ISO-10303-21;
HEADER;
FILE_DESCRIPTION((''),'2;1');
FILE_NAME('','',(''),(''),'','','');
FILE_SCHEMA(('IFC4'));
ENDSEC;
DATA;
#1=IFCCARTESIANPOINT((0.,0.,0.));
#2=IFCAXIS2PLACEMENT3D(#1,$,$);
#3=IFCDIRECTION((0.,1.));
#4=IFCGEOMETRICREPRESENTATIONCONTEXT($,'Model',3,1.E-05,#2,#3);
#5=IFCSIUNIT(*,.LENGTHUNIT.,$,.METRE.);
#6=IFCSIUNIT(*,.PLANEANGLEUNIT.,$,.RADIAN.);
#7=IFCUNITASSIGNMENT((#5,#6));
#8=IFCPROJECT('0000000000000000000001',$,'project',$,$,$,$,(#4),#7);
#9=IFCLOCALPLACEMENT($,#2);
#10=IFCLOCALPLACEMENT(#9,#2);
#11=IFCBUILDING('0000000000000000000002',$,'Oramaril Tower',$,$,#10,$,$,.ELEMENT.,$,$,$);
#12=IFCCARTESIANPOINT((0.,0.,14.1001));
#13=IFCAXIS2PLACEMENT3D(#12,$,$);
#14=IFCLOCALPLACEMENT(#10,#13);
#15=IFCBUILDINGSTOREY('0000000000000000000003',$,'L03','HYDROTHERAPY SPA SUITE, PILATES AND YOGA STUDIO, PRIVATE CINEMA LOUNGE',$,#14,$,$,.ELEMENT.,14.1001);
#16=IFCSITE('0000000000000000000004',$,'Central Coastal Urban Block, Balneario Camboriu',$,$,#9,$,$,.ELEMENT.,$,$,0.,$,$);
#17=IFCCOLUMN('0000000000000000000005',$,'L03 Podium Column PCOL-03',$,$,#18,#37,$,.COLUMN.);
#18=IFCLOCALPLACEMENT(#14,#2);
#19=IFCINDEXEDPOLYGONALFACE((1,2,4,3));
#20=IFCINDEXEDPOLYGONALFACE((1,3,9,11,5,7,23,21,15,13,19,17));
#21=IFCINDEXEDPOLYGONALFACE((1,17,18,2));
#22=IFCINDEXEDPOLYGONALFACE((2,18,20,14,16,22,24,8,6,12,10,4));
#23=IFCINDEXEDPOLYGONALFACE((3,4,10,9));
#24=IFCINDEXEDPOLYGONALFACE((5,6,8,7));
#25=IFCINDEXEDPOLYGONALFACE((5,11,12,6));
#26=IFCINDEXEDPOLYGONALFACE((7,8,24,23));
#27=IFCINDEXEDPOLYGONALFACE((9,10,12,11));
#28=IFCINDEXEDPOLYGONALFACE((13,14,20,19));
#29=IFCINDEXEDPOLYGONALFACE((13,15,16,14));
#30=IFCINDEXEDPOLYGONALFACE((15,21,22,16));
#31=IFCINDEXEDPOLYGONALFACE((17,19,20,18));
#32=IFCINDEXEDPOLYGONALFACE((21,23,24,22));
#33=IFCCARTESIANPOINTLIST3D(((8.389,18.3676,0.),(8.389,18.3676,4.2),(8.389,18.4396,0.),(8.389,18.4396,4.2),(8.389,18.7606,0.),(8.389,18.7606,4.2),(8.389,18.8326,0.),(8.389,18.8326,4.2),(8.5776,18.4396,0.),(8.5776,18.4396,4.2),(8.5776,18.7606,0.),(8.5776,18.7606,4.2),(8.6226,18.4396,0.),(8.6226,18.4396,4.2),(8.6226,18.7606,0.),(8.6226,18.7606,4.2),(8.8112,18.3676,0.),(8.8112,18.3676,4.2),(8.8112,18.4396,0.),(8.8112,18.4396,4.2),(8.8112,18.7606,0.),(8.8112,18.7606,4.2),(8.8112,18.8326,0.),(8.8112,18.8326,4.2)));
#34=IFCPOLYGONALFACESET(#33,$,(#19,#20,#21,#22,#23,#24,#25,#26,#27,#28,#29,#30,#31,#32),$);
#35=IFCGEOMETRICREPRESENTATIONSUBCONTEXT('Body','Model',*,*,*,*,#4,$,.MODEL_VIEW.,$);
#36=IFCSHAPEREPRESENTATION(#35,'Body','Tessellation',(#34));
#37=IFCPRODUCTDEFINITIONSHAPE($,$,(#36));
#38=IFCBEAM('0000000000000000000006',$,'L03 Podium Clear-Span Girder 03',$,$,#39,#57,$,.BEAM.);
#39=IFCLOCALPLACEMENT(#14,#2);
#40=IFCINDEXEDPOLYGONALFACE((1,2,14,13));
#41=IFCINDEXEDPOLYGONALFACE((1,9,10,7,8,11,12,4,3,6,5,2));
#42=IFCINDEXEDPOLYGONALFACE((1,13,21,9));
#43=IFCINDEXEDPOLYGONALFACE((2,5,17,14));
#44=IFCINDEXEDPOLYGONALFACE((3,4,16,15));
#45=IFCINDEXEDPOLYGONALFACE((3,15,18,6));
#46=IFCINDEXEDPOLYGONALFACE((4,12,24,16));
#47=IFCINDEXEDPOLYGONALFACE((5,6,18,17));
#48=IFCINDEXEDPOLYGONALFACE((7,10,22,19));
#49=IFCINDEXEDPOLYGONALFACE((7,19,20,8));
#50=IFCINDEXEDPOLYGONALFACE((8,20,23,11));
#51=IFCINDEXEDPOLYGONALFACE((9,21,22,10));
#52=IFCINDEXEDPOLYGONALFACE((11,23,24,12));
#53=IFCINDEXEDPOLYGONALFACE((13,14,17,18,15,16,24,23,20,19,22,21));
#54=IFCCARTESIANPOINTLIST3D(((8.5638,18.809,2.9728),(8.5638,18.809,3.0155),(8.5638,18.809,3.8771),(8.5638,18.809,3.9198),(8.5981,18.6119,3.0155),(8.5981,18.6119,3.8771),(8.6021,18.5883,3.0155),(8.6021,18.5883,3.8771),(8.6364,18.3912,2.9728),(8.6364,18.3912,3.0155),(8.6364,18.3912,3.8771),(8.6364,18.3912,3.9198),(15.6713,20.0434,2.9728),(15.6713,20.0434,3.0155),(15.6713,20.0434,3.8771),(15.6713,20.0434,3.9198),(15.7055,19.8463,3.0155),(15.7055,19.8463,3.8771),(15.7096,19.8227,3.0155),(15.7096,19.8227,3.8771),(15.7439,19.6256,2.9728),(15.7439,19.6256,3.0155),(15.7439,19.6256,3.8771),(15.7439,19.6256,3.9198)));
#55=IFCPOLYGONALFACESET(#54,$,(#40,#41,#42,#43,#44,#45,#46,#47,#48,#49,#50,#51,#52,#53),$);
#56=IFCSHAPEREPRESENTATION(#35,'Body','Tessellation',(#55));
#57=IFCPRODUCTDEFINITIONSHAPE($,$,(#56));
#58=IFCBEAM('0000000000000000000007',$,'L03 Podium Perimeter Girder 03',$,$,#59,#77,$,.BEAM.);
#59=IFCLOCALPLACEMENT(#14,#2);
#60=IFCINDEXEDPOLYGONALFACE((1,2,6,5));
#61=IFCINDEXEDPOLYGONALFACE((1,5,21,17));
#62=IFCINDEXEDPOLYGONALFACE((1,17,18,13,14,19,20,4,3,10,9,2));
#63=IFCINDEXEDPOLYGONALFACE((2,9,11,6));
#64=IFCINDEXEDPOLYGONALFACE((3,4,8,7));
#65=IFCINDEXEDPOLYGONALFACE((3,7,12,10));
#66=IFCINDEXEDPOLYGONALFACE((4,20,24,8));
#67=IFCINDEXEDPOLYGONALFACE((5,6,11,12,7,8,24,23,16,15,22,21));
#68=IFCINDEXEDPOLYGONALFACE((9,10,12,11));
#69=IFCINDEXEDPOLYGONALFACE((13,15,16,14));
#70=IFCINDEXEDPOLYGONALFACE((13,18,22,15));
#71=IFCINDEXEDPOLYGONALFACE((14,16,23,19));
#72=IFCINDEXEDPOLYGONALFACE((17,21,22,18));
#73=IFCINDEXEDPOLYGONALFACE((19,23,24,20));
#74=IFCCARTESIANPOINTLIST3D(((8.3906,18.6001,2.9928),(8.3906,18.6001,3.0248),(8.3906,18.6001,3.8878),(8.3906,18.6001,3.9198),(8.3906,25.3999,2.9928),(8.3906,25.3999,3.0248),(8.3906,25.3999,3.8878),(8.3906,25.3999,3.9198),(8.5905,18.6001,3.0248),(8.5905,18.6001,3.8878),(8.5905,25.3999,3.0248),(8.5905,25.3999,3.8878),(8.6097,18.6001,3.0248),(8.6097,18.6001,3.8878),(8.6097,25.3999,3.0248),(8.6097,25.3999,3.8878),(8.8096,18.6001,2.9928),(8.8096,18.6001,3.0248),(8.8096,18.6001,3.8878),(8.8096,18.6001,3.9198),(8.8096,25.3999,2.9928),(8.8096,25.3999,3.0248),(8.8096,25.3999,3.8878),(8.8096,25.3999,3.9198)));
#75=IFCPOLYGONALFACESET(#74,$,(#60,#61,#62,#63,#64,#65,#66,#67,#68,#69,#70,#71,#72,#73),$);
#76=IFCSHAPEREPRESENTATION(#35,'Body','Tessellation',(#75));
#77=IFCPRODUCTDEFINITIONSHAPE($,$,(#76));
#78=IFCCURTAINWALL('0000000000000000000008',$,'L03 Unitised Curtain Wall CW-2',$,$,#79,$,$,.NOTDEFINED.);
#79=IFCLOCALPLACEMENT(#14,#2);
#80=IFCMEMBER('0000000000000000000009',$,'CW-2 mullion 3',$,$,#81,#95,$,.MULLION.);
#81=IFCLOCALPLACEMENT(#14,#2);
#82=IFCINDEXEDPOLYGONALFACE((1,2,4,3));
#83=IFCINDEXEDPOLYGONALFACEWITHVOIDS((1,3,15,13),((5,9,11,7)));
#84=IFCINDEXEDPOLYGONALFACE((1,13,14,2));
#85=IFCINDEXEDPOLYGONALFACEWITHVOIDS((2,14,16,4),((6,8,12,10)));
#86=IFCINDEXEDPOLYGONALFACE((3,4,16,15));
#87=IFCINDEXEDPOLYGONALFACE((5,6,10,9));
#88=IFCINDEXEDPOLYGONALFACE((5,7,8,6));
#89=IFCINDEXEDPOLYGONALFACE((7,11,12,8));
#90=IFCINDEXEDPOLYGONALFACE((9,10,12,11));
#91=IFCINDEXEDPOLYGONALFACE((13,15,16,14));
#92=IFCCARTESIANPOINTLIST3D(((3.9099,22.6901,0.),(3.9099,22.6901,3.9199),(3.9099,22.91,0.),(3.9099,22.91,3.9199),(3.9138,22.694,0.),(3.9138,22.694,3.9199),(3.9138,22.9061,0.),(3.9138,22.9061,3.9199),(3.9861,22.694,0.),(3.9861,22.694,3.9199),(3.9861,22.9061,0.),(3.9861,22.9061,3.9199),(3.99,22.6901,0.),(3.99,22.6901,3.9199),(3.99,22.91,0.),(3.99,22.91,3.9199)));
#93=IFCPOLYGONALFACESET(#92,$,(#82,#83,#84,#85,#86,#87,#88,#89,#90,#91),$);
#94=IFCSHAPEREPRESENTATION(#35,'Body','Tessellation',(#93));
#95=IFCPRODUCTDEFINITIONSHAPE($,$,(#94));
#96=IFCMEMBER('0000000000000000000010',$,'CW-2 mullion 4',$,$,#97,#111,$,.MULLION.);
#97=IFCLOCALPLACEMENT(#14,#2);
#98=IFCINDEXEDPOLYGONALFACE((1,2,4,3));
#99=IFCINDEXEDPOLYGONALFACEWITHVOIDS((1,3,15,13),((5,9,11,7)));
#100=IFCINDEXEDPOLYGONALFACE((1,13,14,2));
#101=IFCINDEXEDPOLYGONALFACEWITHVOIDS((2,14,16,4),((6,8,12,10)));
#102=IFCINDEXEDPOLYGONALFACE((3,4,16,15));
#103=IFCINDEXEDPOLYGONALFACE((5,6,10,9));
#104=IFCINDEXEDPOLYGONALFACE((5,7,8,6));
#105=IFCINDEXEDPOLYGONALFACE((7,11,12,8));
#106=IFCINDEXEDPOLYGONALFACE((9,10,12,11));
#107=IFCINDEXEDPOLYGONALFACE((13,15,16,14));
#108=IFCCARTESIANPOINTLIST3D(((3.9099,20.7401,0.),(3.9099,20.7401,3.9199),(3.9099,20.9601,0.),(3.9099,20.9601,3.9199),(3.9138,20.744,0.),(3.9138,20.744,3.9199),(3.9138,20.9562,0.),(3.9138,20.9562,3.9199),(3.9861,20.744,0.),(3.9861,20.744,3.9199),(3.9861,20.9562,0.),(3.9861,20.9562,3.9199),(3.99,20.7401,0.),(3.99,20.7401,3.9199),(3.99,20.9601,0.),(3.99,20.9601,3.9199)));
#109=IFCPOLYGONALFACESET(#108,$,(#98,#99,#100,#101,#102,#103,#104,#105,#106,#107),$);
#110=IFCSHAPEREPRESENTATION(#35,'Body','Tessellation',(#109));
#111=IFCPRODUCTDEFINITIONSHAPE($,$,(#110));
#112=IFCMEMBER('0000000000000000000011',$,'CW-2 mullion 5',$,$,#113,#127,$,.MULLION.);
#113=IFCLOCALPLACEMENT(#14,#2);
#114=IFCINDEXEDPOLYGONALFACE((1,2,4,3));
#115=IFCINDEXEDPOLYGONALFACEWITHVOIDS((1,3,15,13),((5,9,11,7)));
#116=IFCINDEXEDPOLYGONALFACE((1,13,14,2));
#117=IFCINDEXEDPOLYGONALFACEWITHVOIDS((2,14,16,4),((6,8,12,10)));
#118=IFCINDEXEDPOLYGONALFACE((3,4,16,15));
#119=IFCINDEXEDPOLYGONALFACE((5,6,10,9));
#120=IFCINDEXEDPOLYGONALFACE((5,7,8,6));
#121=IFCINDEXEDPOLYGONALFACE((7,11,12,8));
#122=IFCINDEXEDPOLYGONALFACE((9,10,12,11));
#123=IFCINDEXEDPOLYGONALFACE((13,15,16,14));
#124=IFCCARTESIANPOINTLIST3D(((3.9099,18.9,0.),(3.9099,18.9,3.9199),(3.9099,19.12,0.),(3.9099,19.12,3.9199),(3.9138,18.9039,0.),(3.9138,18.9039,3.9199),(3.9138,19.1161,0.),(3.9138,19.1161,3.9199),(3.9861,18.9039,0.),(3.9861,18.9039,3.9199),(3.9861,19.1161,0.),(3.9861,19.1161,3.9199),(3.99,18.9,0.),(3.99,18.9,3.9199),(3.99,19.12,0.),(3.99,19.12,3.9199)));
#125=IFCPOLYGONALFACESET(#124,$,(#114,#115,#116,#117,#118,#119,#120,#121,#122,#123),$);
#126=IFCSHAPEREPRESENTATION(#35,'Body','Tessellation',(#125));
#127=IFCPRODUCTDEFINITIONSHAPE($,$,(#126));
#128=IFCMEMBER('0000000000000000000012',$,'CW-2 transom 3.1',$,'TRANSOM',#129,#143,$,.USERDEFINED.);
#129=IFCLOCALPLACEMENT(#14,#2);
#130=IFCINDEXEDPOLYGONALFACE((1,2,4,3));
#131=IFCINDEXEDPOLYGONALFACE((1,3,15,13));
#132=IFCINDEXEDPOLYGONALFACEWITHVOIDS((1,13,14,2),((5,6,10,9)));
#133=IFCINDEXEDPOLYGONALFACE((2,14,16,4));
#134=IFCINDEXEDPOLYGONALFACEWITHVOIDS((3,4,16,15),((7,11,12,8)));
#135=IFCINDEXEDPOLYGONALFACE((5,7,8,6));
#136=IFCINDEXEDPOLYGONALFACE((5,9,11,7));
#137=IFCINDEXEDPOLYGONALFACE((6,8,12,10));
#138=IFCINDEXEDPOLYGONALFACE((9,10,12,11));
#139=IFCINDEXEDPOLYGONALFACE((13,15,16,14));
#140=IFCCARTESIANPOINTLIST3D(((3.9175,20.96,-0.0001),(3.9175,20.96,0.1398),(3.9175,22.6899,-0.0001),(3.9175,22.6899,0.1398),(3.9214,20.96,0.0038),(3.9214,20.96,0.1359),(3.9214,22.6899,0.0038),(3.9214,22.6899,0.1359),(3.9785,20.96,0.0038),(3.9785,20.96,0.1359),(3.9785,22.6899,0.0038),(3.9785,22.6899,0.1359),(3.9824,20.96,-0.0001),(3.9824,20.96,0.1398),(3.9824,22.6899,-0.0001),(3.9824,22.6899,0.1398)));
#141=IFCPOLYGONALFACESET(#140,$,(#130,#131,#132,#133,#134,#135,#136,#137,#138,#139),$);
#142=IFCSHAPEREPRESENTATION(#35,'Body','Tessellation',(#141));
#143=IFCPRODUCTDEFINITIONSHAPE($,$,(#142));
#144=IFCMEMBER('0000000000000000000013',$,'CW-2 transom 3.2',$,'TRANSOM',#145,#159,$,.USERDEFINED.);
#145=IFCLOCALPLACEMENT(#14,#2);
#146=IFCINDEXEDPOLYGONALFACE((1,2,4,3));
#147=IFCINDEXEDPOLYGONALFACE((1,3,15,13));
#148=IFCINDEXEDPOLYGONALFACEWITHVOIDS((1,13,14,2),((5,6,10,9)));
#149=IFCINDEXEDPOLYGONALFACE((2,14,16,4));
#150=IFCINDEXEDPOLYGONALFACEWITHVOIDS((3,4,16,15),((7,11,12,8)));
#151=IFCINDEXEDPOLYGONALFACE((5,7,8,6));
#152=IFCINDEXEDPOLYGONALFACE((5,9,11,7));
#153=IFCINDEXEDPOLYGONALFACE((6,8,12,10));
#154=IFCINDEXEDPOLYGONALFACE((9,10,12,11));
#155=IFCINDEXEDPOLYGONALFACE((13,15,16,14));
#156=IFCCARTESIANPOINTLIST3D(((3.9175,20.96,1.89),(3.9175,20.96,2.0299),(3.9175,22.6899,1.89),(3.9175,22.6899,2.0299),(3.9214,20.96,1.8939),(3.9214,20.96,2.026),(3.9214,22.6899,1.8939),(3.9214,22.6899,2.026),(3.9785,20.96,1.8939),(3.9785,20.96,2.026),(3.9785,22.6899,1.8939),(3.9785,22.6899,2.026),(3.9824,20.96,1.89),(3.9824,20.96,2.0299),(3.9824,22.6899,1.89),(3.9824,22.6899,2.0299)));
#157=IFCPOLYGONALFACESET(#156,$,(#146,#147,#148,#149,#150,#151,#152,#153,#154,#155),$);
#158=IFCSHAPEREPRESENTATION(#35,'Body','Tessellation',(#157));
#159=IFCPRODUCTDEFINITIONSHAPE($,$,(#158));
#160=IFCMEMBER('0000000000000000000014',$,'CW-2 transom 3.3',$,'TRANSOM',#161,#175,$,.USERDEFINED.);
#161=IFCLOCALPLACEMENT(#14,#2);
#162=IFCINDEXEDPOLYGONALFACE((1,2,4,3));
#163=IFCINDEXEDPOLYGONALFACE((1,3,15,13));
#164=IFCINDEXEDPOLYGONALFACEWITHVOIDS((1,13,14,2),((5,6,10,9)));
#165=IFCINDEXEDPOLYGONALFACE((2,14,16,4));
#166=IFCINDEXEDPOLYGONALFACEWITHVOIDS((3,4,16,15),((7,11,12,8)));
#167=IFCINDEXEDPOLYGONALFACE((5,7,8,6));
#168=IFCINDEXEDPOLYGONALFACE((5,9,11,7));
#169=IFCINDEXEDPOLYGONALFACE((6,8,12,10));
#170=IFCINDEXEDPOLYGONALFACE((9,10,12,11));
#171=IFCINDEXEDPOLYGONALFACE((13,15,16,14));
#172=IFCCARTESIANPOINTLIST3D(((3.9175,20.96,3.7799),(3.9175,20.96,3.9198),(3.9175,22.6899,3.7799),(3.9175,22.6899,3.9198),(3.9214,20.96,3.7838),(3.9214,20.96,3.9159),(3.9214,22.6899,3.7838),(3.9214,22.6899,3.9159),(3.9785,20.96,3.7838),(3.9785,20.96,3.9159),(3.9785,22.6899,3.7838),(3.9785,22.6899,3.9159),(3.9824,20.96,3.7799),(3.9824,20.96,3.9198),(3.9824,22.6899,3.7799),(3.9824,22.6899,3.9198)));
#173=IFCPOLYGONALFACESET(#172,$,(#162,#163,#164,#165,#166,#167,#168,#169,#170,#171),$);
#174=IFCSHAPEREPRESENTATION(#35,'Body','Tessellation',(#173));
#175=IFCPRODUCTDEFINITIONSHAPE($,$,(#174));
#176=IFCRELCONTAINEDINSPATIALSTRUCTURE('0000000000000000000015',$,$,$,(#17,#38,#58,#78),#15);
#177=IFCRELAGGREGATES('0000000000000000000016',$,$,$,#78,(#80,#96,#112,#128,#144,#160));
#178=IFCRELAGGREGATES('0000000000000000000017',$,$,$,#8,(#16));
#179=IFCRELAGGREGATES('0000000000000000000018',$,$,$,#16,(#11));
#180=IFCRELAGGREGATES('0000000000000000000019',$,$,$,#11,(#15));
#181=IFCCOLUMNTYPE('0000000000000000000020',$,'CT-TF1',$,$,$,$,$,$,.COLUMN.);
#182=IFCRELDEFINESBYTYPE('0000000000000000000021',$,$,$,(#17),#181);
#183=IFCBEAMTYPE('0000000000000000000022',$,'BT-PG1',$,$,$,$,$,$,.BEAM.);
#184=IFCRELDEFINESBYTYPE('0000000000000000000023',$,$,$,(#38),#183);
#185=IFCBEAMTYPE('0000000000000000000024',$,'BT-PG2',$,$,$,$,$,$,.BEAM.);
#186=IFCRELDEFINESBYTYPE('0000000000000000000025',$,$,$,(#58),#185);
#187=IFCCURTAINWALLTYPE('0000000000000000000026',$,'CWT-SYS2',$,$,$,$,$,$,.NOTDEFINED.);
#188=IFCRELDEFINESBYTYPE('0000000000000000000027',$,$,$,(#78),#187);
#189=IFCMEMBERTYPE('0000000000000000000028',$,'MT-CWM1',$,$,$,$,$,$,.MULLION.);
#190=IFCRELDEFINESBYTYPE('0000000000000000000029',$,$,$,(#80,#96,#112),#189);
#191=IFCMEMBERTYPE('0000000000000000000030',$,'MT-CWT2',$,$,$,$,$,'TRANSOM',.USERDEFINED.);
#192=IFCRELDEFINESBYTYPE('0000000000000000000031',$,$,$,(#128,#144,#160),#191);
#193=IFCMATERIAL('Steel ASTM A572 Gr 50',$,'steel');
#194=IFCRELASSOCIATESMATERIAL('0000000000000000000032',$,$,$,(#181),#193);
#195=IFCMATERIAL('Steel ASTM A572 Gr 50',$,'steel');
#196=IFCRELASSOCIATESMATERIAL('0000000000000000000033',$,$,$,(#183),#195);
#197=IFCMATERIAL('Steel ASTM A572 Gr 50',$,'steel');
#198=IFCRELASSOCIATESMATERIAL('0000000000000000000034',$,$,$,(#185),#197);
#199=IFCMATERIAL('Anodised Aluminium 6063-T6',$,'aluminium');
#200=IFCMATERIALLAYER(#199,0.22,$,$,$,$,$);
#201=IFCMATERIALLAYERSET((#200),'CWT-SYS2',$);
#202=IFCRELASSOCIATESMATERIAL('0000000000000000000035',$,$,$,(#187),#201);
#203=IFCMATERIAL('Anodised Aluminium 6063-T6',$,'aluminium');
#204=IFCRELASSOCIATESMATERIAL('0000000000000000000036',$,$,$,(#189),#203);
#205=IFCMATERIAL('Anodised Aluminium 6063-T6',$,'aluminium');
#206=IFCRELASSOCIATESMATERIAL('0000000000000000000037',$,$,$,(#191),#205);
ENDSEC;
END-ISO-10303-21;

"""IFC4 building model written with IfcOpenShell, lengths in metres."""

from ifc_helpers import new_model, si_unit, direction, frame, origin, origin_2d, place, context, subcontext, project, spatial, hollow_rectangle, i_section, extrude, material, layer, layer_set, material_profile, profile_set, type_object, element, aggregate, save


model = new_model("IFC4")

# Units and contexts
model_context = context("Model", 3, precision=1e-05, world=origin(), true_north=direction((0.0, 1.0)))
body_context = subcontext(model_context, "Body", "Model", "MODEL_VIEW")
ifc_project = project(units=[si_unit("LENGTHUNIT", "METRE"), si_unit("PLANEANGLEUNIT", "RADIAN")], contexts=[model_context])

# Site, building, storey
site_placement = place(None, origin())
site = spatial("IfcSite", under=ifc_project, at=site_placement, Name="Central Coastal Urban Block, Balneario Camboriu", CompositionType="ELEMENT", RefElevation=0.0)
building_placement = place(site_placement, origin())
building = spatial("IfcBuilding", under=site, at=building_placement, Name="Oramaril Tower", CompositionType="ELEMENT")
storey_placement = place(building_placement, frame((0.0, 0.0, 14.1001)))
storey = spatial("IfcBuildingStorey", under=building, at=storey_placement, Name="L03", Description="HYDROTHERAPY SPA SUITE, PILATES AND YOGA STUDIO, PRIVATE CINEMA LOUNGE", CompositionType="ELEMENT", Elevation=14.1001)

# Column
ifc_material_1 = material(Name="Steel ASTM A572 Gr 50", Category="steel")
ifc_material_profile_1 = material_profile(ifc_material_1, i_section(OverallWidth=0.4221, OverallDepth=0.4651, WebThickness=0.0449, FlangeThickness=0.072, at=origin_2d()), Name="W14X398")
ifc_profile_set_1 = profile_set([ifc_material_profile_1], Name="Steel ASTM A572 Gr 50")
column_type = type_object("IfcColumnType", Name="CT-TF1", PredefinedType="COLUMN", material=ifc_profile_set_1)
column_placement = place(storey_placement, frame((8.6001, 18.6001, 0.0), z_axis=(0.0, 0.0, 1.0), x_axis=(1.0, 0.0, 0.0)))
element("IfcColumn", 1, at=column_placement, inside=storey, type_object=column_type, Name="L03 Podium Column PCOL-03", PredefinedType="COLUMN", context=body_context, shape_type="SweptSolid", body=[
    extrude(i_section(OverallWidth=0.4221, OverallDepth=0.4651, WebThickness=0.0449, FlangeThickness=0.072, at=origin_2d()), origin(), (0.0, 0.0, 1.0), 4.2),
])

# Beams
ifc_material_2 = material(Name="Steel ASTM A572 Gr 50", Category="steel")
ifc_material_profile_2 = material_profile(ifc_material_2, i_section(OverallWidth=0.4241, OverallDepth=0.947, WebThickness=0.0239, FlangeThickness=0.0427, at=origin_2d()), Name="W36X302")
ifc_profile_set_2 = profile_set([ifc_material_profile_2], Name="Steel ASTM A572 Gr 50")
beam_type_1 = type_object("IfcBeamType", Name="BT-PG1", PredefinedType="BEAM", material=ifc_profile_set_2)
beam_1_placement = place(storey_placement, frame((8.6001, 18.6001, 3.4463), z_axis=(0.985251, 0.171113, 0.0), x_axis=(-0.171113, 0.985251, 0.0)))
element("IfcBeam", 2, at=beam_1_placement, inside=storey, type_object=beam_type_1, Name="L03 Podium Clear-Span Girder 03", PredefinedType="BEAM", context=body_context, shape_type="SweptSolid", body=[
    extrude(i_section(OverallWidth=0.4241, OverallDepth=0.947, WebThickness=0.0239, FlangeThickness=0.0427, at=origin_2d()), origin(), (0.0, 0.0, 1.0), 7.2139),
])
ifc_material_3 = material(Name="Steel ASTM A572 Gr 50", Category="steel")
ifc_material_profile_3 = material_profile(ifc_material_3, i_section(OverallWidth=0.4189, OverallDepth=0.927, WebThickness=0.0193, FlangeThickness=0.032, at=origin_2d()), Name="W36X231")
ifc_profile_set_3 = profile_set([ifc_material_profile_3], Name="Steel ASTM A572 Gr 50")
beam_type_2 = type_object("IfcBeamType", Name="BT-PG2", PredefinedType="BEAM", material=ifc_profile_set_3)
beam_2_placement = place(storey_placement, frame((8.6001, 18.6001, 3.4563), z_axis=(0.0, 1.0, 0.0), x_axis=(-1.0, 0.0, 0.0)))
element("IfcBeam", 3, at=beam_2_placement, inside=storey, type_object=beam_type_2, Name="L03 Podium Perimeter Girder 03", PredefinedType="BEAM", context=body_context, shape_type="SweptSolid", body=[
    extrude(i_section(OverallWidth=0.4189, OverallDepth=0.927, WebThickness=0.0193, FlangeThickness=0.032, at=origin_2d()), origin(), (0.0, 0.0, 1.0), 6.7998),
])

# Curtain wall, members
ifc_material_4 = material(Name="Anodised Aluminium 6063-T6", Category="aluminium")
ifc_layer_1 = layer(ifc_material_4, 0.22)
ifc_layer_set_1 = layer_set([ifc_layer_1], Name="CWT-SYS2")
curtain_wall_type = type_object("IfcCurtainWallType", Name="CWT-SYS2", PredefinedType="NOTDEFINED", material=ifc_layer_set_1)
curtain_wall_placement = place(storey_placement, origin())
curtain_wall = element("IfcCurtainWall", 4, at=curtain_wall_placement, inside=storey, type_object=curtain_wall_type, Name="L03 Unitised Curtain Wall CW-2", PredefinedType="NOTDEFINED")
ifc_material_5 = material(Name="Anodised Aluminium 6063-T6", Category="aluminium")
ifc_material_profile_4 = material_profile(ifc_material_5, hollow_rectangle(XDim=0.0801, YDim=0.22, WallThickness=0.0039, at=origin_2d()), Name="CWM220X80")
ifc_profile_set_4 = profile_set([ifc_material_profile_4], Name="Anodised Aluminium 6063-T6")
member_type_1 = type_object("IfcMemberType", Name="MT-CWM1", PredefinedType="MULLION", material=ifc_profile_set_4)
member_1_placement = place(storey_placement, frame((3.95, 22.8, 0.0), z_axis=(0.0, 0.0, 1.0), x_axis=(1.0, 0.0, 0.0)))
member_1 = element("IfcMember", 5, at=member_1_placement, type_object=member_type_1, Name="CW-2 mullion 3", PredefinedType="MULLION", context=body_context, shape_type="SweptSolid", body=[
    extrude(hollow_rectangle(XDim=0.0801, YDim=0.22, WallThickness=0.0039, at=origin_2d()), origin(), (0.0, 0.0, 1.0), 3.9199),
])
member_2_placement = place(storey_placement, frame((3.95, 20.8501, 0.0), z_axis=(0.0, 0.0, 1.0), x_axis=(1.0, 0.0, 0.0)))
member_2 = element("IfcMember", 6, at=member_2_placement, type_object=member_type_1, Name="CW-2 mullion 4", PredefinedType="MULLION", context=body_context, shape_type="SweptSolid", body=[
    extrude(hollow_rectangle(XDim=0.0801, YDim=0.22, WallThickness=0.0039, at=origin_2d()), origin(), (0.0, 0.0, 1.0), 3.9199),
])
member_3_placement = place(storey_placement, frame((3.95, 19.01, 0.0), z_axis=(0.0, 0.0, 1.0), x_axis=(1.0, 0.0, 0.0)))
member_3 = element("IfcMember", 7, at=member_3_placement, type_object=member_type_1, Name="CW-2 mullion 5", PredefinedType="MULLION", context=body_context, shape_type="SweptSolid", body=[
    extrude(hollow_rectangle(XDim=0.0801, YDim=0.22, WallThickness=0.0039, at=origin_2d()), origin(), (0.0, 0.0, 1.0), 3.9199),
])
ifc_material_6 = material(Name="Anodised Aluminium 6063-T6", Category="aluminium")
ifc_material_profile_5 = material_profile(ifc_material_6, hollow_rectangle(XDim=0.0649, YDim=0.1399, WallThickness=0.0039, at=origin_2d()), Name="CWT140X65")
ifc_profile_set_5 = profile_set([ifc_material_profile_5], Name="Anodised Aluminium 6063-T6")
member_type_2 = type_object("IfcMemberType", Name="MT-CWT2", ElementType="TRANSOM", PredefinedType="USERDEFINED", material=ifc_profile_set_5)
member_4_placement = place(storey_placement, frame((3.95, 22.6899, 0.0698), z_axis=(0.0, -1.0, 0.0), x_axis=(1.0, 0.0, 0.0)))
member_4 = element("IfcMember", 8, at=member_4_placement, type_object=member_type_2, Name="CW-2 transom 3.1", ObjectType="TRANSOM", PredefinedType="USERDEFINED", context=body_context, shape_type="SweptSolid", body=[
    extrude(hollow_rectangle(XDim=0.0649, YDim=0.1399, WallThickness=0.0039, at=origin_2d()), origin(), (0.0, 0.0, 1.0), 1.73),
])
member_5_placement = place(storey_placement, frame((3.95, 22.6899, 1.96), z_axis=(0.0, -1.0, 0.0), x_axis=(1.0, 0.0, 0.0)))
member_5 = element("IfcMember", 9, at=member_5_placement, type_object=member_type_2, Name="CW-2 transom 3.2", ObjectType="TRANSOM", PredefinedType="USERDEFINED", context=body_context, shape_type="SweptSolid", body=[
    extrude(hollow_rectangle(XDim=0.0649, YDim=0.1399, WallThickness=0.0039, at=origin_2d()), origin(), (0.0, 0.0, 1.0), 1.73),
])
member_6_placement = place(storey_placement, frame((3.95, 22.6899, 3.8499), z_axis=(0.0, -1.0, 0.0), x_axis=(1.0, 0.0, 0.0)))
member_6 = element("IfcMember", 10, at=member_6_placement, type_object=member_type_2, Name="CW-2 transom 3.3", ObjectType="TRANSOM", PredefinedType="USERDEFINED", context=body_context, shape_type="SweptSolid", body=[
    extrude(hollow_rectangle(XDim=0.0649, YDim=0.1399, WallThickness=0.0039, at=origin_2d()), origin(), (0.0, 0.0, 1.0), 1.73),
])
aggregate(curtain_wall, [member_1, member_2, member_3, member_4, member_5, member_6])

save(model, "model.ifc")
